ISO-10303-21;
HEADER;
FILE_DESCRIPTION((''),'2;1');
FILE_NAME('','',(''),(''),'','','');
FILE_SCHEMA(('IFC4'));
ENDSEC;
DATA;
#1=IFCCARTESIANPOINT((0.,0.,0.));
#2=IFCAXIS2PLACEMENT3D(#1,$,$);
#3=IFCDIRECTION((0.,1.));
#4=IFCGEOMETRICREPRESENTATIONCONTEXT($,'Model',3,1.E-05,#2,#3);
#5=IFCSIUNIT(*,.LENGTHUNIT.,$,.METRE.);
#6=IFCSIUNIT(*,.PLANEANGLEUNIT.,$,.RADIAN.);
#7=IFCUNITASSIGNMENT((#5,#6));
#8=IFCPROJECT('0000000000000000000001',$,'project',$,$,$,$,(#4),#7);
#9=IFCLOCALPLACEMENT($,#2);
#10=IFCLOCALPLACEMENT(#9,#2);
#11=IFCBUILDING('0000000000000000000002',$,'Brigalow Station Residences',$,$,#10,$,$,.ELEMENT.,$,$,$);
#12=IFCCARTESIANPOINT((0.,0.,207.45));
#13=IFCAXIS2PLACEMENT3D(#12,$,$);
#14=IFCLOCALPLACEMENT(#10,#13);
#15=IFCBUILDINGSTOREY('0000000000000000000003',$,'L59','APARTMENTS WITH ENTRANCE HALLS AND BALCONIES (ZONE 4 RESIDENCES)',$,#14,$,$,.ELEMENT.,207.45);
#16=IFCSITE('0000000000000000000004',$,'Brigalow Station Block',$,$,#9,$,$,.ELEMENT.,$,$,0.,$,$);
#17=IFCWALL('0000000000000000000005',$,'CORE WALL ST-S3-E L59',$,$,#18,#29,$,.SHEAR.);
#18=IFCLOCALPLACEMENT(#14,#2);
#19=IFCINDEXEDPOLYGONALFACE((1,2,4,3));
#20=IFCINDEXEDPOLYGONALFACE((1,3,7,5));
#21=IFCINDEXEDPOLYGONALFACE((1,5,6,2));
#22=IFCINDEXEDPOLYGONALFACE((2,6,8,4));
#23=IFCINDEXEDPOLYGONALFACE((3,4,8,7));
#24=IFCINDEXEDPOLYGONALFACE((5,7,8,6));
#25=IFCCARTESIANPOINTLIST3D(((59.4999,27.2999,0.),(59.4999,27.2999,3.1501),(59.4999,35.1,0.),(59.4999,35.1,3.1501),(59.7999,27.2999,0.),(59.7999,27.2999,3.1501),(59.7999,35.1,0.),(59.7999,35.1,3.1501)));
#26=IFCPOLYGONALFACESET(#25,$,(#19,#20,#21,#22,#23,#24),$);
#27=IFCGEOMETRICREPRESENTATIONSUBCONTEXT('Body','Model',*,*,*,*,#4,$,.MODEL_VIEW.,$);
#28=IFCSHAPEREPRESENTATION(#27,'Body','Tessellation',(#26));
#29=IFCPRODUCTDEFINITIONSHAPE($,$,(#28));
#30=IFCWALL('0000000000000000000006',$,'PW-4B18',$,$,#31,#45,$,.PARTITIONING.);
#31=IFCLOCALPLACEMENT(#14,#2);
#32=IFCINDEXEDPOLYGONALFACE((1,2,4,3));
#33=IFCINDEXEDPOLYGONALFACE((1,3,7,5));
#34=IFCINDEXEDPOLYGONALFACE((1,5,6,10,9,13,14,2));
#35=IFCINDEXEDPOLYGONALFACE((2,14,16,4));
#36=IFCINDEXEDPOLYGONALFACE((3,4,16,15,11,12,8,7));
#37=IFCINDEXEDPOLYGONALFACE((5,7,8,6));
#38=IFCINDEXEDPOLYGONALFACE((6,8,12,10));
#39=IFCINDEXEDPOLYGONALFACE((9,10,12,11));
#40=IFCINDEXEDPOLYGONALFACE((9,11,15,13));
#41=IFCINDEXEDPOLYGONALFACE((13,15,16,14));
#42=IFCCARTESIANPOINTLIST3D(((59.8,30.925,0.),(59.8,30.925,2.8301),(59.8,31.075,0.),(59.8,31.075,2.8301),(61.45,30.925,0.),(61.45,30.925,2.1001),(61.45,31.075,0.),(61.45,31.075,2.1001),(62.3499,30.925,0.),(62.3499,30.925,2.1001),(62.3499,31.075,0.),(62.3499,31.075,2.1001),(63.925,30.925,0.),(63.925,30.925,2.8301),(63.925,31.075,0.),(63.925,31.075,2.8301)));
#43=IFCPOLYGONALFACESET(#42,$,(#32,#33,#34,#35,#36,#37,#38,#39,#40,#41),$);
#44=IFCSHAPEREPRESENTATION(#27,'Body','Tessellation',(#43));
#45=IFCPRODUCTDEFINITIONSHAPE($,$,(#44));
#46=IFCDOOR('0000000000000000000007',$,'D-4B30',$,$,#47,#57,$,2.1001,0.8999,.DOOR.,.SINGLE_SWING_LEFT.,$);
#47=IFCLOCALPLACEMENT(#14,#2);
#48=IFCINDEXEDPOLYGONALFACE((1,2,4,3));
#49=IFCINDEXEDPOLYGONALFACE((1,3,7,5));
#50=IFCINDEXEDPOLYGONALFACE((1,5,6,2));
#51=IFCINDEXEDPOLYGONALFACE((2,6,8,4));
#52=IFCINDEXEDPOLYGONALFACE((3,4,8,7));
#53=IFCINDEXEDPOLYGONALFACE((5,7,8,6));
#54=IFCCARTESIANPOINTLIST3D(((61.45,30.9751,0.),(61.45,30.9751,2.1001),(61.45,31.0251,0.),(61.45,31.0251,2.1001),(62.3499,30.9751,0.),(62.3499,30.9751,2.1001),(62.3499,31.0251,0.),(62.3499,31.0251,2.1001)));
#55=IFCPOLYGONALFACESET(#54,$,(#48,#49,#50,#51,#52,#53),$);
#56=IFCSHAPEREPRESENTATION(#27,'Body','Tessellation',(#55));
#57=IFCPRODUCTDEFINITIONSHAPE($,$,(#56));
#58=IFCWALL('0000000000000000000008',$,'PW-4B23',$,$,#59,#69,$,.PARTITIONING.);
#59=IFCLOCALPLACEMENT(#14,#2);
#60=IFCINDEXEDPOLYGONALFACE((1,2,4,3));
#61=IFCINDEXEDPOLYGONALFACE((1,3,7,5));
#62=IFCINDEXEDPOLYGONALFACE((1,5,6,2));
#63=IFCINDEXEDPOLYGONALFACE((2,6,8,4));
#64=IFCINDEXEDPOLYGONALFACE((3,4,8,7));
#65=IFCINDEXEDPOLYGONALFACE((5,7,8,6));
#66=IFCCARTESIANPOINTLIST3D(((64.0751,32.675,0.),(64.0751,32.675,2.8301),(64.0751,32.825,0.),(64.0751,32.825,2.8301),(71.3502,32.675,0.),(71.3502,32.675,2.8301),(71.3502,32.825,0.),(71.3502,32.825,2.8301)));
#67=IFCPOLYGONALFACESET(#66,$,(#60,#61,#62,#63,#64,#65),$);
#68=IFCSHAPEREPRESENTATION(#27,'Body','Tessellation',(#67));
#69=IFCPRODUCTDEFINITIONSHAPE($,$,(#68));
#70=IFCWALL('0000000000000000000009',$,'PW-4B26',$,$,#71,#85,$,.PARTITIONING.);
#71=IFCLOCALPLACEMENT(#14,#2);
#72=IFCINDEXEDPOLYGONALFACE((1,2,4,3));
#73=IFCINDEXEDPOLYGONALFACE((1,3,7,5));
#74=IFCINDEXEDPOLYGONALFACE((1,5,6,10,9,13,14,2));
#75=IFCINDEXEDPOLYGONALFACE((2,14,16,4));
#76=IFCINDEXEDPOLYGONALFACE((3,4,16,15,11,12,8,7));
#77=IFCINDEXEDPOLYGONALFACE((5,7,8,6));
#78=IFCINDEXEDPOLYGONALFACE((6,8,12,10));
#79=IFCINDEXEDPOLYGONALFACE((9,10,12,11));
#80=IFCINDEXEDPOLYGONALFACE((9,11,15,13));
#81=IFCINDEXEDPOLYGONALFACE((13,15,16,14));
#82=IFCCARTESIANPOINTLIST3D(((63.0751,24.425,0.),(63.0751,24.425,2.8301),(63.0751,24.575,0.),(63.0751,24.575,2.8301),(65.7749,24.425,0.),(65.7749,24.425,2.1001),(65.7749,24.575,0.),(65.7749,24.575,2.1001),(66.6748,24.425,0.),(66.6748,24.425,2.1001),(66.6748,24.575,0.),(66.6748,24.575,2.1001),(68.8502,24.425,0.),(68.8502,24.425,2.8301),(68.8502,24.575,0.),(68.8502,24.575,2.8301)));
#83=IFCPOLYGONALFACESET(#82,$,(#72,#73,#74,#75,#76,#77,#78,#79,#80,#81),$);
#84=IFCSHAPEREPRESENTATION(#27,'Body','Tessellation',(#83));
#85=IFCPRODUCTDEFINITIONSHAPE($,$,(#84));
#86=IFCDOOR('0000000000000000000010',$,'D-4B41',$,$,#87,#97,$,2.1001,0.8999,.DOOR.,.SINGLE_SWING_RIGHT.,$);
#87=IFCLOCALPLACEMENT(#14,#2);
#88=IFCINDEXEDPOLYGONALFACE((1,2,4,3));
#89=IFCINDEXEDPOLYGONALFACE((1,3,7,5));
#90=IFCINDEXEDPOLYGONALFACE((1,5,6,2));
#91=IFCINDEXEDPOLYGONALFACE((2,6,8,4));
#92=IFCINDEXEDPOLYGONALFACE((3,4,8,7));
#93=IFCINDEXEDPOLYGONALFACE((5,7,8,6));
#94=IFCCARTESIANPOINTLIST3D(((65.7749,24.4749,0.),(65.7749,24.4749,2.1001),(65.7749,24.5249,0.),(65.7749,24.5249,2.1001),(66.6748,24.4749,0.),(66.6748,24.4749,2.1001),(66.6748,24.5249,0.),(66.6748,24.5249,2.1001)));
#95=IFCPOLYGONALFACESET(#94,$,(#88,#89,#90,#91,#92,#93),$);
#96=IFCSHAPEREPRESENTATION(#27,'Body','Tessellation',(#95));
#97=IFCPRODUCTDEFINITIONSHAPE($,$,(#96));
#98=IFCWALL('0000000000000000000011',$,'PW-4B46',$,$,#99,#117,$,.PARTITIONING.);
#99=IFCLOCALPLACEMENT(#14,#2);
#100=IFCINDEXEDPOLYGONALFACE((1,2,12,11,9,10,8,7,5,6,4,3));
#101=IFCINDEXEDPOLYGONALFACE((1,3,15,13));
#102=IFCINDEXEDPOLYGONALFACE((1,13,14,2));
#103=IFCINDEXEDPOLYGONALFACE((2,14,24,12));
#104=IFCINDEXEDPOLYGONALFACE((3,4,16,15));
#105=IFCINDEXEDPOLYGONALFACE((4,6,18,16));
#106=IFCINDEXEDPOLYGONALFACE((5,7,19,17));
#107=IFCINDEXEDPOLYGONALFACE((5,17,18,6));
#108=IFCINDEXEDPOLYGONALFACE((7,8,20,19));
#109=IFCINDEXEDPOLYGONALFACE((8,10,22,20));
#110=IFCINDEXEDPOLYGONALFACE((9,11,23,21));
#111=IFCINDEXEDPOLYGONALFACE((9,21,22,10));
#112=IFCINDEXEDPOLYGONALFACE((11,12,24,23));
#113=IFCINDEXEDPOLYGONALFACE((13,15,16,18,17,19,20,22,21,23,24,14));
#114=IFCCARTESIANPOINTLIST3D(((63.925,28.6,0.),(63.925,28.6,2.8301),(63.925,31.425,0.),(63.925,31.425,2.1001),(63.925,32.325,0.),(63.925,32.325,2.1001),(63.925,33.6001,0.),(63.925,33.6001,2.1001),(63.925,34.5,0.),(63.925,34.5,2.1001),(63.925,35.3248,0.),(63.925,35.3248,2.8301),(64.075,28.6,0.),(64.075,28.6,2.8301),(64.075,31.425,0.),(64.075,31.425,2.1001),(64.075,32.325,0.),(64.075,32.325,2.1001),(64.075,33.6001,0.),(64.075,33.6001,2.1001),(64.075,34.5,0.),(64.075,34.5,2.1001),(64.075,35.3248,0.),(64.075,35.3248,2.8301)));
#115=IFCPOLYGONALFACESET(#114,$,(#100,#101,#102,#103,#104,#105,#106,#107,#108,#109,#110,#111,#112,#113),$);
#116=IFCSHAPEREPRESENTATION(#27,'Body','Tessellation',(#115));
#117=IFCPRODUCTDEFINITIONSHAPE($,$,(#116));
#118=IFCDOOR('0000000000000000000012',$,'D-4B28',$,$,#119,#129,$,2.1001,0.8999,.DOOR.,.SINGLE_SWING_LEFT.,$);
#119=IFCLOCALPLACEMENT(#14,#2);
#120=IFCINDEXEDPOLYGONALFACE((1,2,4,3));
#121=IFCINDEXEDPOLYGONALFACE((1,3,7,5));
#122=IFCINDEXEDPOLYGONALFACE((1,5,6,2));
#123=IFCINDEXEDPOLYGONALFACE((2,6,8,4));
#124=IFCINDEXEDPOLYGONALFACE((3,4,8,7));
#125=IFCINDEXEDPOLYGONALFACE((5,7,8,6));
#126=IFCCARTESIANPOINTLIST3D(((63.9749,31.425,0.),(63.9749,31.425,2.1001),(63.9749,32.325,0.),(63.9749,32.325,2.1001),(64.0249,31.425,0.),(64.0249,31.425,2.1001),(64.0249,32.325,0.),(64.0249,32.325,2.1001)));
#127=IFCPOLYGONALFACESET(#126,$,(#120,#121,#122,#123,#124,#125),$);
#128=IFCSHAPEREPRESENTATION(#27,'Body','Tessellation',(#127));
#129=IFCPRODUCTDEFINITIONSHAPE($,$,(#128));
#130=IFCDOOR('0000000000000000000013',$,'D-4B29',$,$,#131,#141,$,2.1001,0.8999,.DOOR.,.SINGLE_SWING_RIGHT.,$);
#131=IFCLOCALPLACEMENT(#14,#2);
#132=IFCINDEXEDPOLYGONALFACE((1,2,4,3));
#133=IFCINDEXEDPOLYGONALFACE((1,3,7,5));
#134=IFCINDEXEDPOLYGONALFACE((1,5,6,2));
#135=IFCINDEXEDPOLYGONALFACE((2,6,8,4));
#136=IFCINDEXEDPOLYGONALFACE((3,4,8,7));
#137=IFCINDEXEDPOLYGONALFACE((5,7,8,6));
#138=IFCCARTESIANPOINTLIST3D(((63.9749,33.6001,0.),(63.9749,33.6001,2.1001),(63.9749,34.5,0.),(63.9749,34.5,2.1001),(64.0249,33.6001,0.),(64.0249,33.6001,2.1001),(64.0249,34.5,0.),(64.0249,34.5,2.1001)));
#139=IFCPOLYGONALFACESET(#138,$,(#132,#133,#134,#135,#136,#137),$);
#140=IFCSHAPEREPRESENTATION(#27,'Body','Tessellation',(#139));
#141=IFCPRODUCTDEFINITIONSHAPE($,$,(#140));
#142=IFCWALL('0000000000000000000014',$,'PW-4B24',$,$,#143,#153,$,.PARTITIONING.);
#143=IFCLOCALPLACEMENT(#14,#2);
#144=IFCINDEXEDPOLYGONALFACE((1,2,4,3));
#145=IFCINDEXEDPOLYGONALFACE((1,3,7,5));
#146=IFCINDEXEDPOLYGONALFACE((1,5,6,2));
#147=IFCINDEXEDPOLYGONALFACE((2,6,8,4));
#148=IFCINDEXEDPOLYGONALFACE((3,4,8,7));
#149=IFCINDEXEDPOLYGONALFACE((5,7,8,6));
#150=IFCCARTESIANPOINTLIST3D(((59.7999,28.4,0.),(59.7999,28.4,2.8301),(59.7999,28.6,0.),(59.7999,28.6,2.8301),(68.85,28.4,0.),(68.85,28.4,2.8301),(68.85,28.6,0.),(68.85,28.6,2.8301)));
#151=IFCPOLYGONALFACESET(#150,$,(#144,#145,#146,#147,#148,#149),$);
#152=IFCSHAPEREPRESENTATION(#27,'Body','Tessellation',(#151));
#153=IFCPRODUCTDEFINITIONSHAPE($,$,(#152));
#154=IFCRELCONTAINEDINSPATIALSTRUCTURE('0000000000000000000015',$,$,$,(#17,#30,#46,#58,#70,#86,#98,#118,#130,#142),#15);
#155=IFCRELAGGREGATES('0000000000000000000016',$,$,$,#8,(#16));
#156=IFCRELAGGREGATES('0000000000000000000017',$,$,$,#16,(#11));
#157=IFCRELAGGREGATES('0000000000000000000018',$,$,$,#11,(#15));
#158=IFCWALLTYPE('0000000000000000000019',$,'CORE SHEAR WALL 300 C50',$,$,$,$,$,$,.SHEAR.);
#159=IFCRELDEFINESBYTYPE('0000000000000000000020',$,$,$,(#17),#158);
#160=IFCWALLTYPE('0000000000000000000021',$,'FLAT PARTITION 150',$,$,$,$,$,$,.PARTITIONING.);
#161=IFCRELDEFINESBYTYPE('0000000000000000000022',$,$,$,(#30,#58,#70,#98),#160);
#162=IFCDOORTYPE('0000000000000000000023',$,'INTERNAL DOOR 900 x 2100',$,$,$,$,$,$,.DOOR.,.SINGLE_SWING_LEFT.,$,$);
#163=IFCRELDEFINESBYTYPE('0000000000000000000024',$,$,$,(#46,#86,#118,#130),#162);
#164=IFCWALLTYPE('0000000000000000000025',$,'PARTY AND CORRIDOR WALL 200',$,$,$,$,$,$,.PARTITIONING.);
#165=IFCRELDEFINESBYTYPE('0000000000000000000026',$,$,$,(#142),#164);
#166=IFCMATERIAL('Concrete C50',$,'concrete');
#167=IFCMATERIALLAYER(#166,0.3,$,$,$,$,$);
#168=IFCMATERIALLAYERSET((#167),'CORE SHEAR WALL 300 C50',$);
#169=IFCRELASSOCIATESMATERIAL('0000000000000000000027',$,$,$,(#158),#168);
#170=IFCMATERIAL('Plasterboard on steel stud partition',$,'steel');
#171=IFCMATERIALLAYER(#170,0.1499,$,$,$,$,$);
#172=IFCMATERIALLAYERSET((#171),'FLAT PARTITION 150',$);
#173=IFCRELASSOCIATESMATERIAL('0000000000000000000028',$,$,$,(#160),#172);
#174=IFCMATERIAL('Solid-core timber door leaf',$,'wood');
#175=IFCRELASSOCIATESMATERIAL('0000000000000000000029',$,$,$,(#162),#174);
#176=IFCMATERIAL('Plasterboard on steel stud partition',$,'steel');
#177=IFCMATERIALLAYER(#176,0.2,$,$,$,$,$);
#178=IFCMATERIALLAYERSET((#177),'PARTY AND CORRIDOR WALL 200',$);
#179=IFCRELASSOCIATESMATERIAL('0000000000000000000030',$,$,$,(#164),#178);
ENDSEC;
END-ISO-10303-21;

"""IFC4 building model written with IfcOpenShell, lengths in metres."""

from ifc_helpers import new_model, si_unit, direction, frame, frame_2d, origin, place, context, subcontext, project, spatial, rectangle, extrude, material, layer, layer_set, type_object, element, fill, save


model = new_model("IFC4")

# Units and contexts
model_context = context("Model", 3, precision=1e-05, world=origin(), true_north=direction((0.0, 1.0)))
body_context = subcontext(model_context, "Body", "Model", "MODEL_VIEW")
ifc_project = project(units=[si_unit("LENGTHUNIT", "METRE"), si_unit("PLANEANGLEUNIT", "RADIAN")], contexts=[model_context])

# Site, building, storey
site_placement = place(None, origin())
site = spatial("IfcSite", under=ifc_project, at=site_placement, Name="Brigalow Station Block", CompositionType="ELEMENT", RefElevation=0.0)
building_placement = place(site_placement, origin())
building = spatial("IfcBuilding", under=site, at=building_placement, Name="Brigalow Station Residences", CompositionType="ELEMENT")
storey_placement = place(building_placement, frame((0.0, 0.0, 207.45)))
storey = spatial("IfcBuildingStorey", under=building, at=storey_placement, Name="L59", Description="APARTMENTS WITH ENTRANCE HALLS AND BALCONIES (ZONE 4 RESIDENCES)", CompositionType="ELEMENT", Elevation=207.45)

# Wall
ifc_material_1 = material(Name="Concrete C50", Category="concrete")
ifc_layer_1 = layer(ifc_material_1, 0.3)
ifc_layer_set_1 = layer_set([ifc_layer_1], Name="CORE SHEAR WALL 300 C50")
wall_type_1 = type_object("IfcWallType", Name="CORE SHEAR WALL 300 C50", PredefinedType="SHEAR", material=ifc_layer_set_1)
for number, where, z_axis, x_axis, name in (
    (1, (59.6499, 27.3, 0.0), (0.0, 0.0, 1.0), (0.0, 1.0, 0.0), "CORE WALL ST-S3-E L59"),
):
    element("IfcWall", number, at=place(storey_placement, frame(where, z_axis=z_axis, x_axis=x_axis)), inside=storey, type_object=wall_type_1, Name=name, PredefinedType="SHEAR", context=body_context, shape_type="SweptSolid", body=[
        extrude(rectangle(XDim=7.8, YDim=0.3, at=frame_2d((3.8999, 0.0))), origin(), (0.0, 0.0, 1.0), 3.1501),
    ])

# Wall, opening, door
ifc_material_2 = material(Name="Plasterboard on steel stud partition", Category="steel")
ifc_layer_2 = layer(ifc_material_2, 0.1499)
ifc_layer_set_2 = layer_set([ifc_layer_2], Name="FLAT PARTITION 150")
wall_type_2 = type_object("IfcWallType", Name="FLAT PARTITION 150", PredefinedType="PARTITIONING", material=ifc_layer_set_2)
wall_1_placement = place(storey_placement, frame((59.8, 31.0, 0.0), z_axis=(0.0, 0.0, 1.0), x_axis=(1.0, 0.0, 0.0)))
wall_1 = element("IfcWall", 2, at=wall_1_placement, inside=storey, type_object=wall_type_2, Name="PW-4B18", PredefinedType="PARTITIONING", context=body_context, shape_type="SweptSolid", body=[
    extrude(rectangle(XDim=4.125, YDim=0.1499, at=frame_2d((2.0625, 0.0))), origin(), (0.0, 0.0, 1.0), 2.8301),
])
opening_1_placement = place(wall_1_placement, frame((1.6499, 0.0, 0.0)))
opening_1 = element("IfcOpeningElement", 3, at=opening_1_placement, cuts=wall_1, PredefinedType="OPENING", context=body_context, shape_type="SweptSolid", body=[
    extrude(rectangle(XDim=0.8999, YDim=2.1001, at=frame_2d((0.45, 1.05))), frame((0.0, 0.085, 0.0), z_axis=(0.0, -1.0, 0.0), x_axis=(1.0, 0.0, 0.0)), (0.0, 0.0, 1.0), 0.1699),
])
ifc_material_3 = material(Name="Solid-core timber door leaf", Category="wood")
door_type_1 = type_object("IfcDoorType", Name="INTERNAL DOOR 900 x 2100", OperationType="SINGLE_SWING_LEFT", PredefinedType="DOOR", material=ifc_material_3)
door_1_placement = place(opening_1_placement, frame((0.8999, 0.0, 0.0), z_axis=(0.0, 0.0, 1.0), x_axis=(-1.0, 0.0, 0.0)))
door_1 = element("IfcDoor", 4, at=door_1_placement, inside=storey, type_object=door_type_1, Name="D-4B30", OperationType="SINGLE_SWING_LEFT", OverallHeight=2.1001, OverallWidth=0.8999, PredefinedType="DOOR", context=body_context, shape_type="SweptSolid", body=[
    extrude(rectangle(XDim=0.8999, YDim=2.1001, at=frame_2d((0.45, 1.05))), frame((0.0, 0.0249, 0.0), z_axis=(0.0, -1.0, 0.0), x_axis=(1.0, 0.0, 0.0)), (0.0, 0.0, 1.0), 0.05),
])
fill(opening_1, door_1)

# Wall
wall_2_placement = place(storey_placement, frame((64.075, 32.75, 0.0), z_axis=(0.0, 0.0, 1.0), x_axis=(1.0, 0.0, 0.0)))
element("IfcWall", 5, at=wall_2_placement, inside=storey, type_object=wall_type_2, Name="PW-4B23", PredefinedType="PARTITIONING", context=body_context, shape_type="SweptSolid", body=[
    extrude(rectangle(XDim=7.2751, YDim=0.1499, at=frame_2d((3.6377, 0.0))), origin(), (0.0, 0.0, 1.0), 2.8301),
])

# Wall, opening, door
wall_3_placement = place(storey_placement, frame((63.075, 24.5, 0.0), z_axis=(0.0, 0.0, 1.0), x_axis=(1.0, 0.0, 0.0)))
wall_3 = element("IfcWall", 6, at=wall_3_placement, inside=storey, type_object=wall_type_2, Name="PW-4B26", PredefinedType="PARTITIONING", context=body_context, shape_type="SweptSolid", body=[
    extrude(rectangle(XDim=5.7751, YDim=0.1499, at=frame_2d((2.8877, 0.0))), origin(), (0.0, 0.0, 1.0), 2.8301),
])
opening_2_placement = place(wall_3_placement, frame((2.7, 0.0, 0.0)))
opening_2 = element("IfcOpeningElement", 7, at=opening_2_placement, cuts=wall_3, PredefinedType="OPENING", context=body_context, shape_type="SweptSolid", body=[
    extrude(rectangle(XDim=0.8999, YDim=2.1001, at=frame_2d((0.45, 1.05))), frame((0.0, 0.085, 0.0), z_axis=(0.0, -1.0, 0.0), x_axis=(1.0, 0.0, 0.0)), (0.0, 0.0, 1.0), 0.1699),
])
door_2_placement = place(opening_2_placement, origin())
door_2 = element("IfcDoor", 8, at=door_2_placement, inside=storey, type_object=door_type_1, Name="D-4B41", OperationType="SINGLE_SWING_RIGHT", OverallHeight=2.1001, OverallWidth=0.8999, PredefinedType="DOOR", context=body_context, shape_type="SweptSolid", body=[
    extrude(rectangle(XDim=0.8999, YDim=2.1001, at=frame_2d((0.45, 1.05))), frame((0.0, 0.0249, 0.0), z_axis=(0.0, -1.0, 0.0), x_axis=(1.0, 0.0, 0.0)), (0.0, 0.0, 1.0), 0.05),
])
fill(opening_2, door_2)

# Wall, openings, doors
wall_4_placement = place(storey_placement, frame((64.0, 28.6001, 0.0), z_axis=(0.0, 0.0, 1.0), x_axis=(0.0, 1.0, 0.0)))
wall_4 = element("IfcWall", 9, at=wall_4_placement, inside=storey, type_object=wall_type_2, Name="PW-4B46", PredefinedType="PARTITIONING", context=body_context, shape_type="SweptSolid", body=[
    extrude(rectangle(XDim=6.7249, YDim=0.1499, at=frame_2d((3.3623, 0.0))), origin(), (0.0, 0.0, 1.0), 2.8301),
])
opening_3_placement = place(wall_4_placement, frame((2.825, 0.0, 0.0)))
opening_3 = element("IfcOpeningElement", 10, at=opening_3_placement, cuts=wall_4, PredefinedType="OPENING", context=body_context, shape_type="SweptSolid", body=[
    extrude(rectangle(XDim=0.8999, YDim=2.1001, at=frame_2d((0.45, 1.05))), frame((0.0, 0.085, 0.0), z_axis=(0.0, -1.0, 0.0), x_axis=(1.0, 0.0, 0.0)), (0.0, 0.0, 1.0), 0.1699),
])
opening_4_placement = place(wall_4_placement, frame((5.0, 0.0, 0.0)))
opening_4 = element("IfcOpeningElement", 11, at=opening_4_placement, cuts=wall_4, PredefinedType="OPENING", context=body_context, shape_type="SweptSolid", body=[
    extrude(rectangle(XDim=0.8999, YDim=2.1001, at=frame_2d((0.45, 1.05))), frame((0.0, 0.085, 0.0), z_axis=(0.0, -1.0, 0.0), x_axis=(1.0, 0.0, 0.0)), (0.0, 0.0, 1.0), 0.1699),
])
door_3_placement = place(opening_3_placement, frame((0.8999, 0.0, 0.0), z_axis=(0.0, 0.0, 1.0), x_axis=(-1.0, 0.0, 0.0)))
door_3 = element("IfcDoor", 12, at=door_3_placement, inside=storey, type_object=door_type_1, Name="D-4B28", OperationType="SINGLE_SWING_LEFT", OverallHeight=2.1001, OverallWidth=0.8999, PredefinedType="DOOR", context=body_context, shape_type="SweptSolid", body=[
    extrude(rectangle(XDim=0.8999, YDim=2.1001, at=frame_2d((0.45, 1.05))), frame((0.0, 0.0249, 0.0), z_axis=(0.0, -1.0, 0.0), x_axis=(1.0, 0.0, 0.0)), (0.0, 0.0, 1.0), 0.05),
])
fill(opening_3, door_3)
door_4_placement = place(opening_4_placement, frame((0.8999, 0.0, 0.0), z_axis=(0.0, 0.0, 1.0), x_axis=(-1.0, 0.0, 0.0)))
door_4 = element("IfcDoor", 13, at=door_4_placement, inside=storey, type_object=door_type_1, Name="D-4B29", OperationType="SINGLE_SWING_RIGHT", OverallHeight=2.1001, OverallWidth=0.8999, PredefinedType="DOOR", context=body_context, shape_type="SweptSolid", body=[
    extrude(rectangle(XDim=0.8999, YDim=2.1001, at=frame_2d((0.45, 1.05))), frame((0.0, 0.0249, 0.0), z_axis=(0.0, -1.0, 0.0), x_axis=(1.0, 0.0, 0.0)), (0.0, 0.0, 1.0), 0.05),
])
fill(opening_4, door_4)

# Wall
ifc_material_4 = material(Name="Plasterboard on steel stud partition", Category="steel")
ifc_layer_3 = layer(ifc_material_4, 0.2)
ifc_layer_set_3 = layer_set([ifc_layer_3], Name="PARTY AND CORRIDOR WALL 200")
wall_type_3 = type_object("IfcWallType", Name="PARTY AND CORRIDOR WALL 200", PredefinedType="PARTITIONING", material=ifc_layer_set_3)
wall_5_placement = place(storey_placement, frame((59.8, 28.5, 0.0), z_axis=(0.0, 0.0, 1.0), x_axis=(1.0, 0.0, 0.0)))
element("IfcWall", 14, at=wall_5_placement, inside=storey, type_object=wall_type_3, Name="PW-4B24", PredefinedType="PARTITIONING", context=body_context, shape_type="SweptSolid", body=[
    extrude(rectangle(XDim=9.05, YDim=0.2, at=frame_2d((4.5249, 0.0))), origin(), (0.0, 0.0, 1.0), 2.8301),
])

save(model, "model.ifc")
